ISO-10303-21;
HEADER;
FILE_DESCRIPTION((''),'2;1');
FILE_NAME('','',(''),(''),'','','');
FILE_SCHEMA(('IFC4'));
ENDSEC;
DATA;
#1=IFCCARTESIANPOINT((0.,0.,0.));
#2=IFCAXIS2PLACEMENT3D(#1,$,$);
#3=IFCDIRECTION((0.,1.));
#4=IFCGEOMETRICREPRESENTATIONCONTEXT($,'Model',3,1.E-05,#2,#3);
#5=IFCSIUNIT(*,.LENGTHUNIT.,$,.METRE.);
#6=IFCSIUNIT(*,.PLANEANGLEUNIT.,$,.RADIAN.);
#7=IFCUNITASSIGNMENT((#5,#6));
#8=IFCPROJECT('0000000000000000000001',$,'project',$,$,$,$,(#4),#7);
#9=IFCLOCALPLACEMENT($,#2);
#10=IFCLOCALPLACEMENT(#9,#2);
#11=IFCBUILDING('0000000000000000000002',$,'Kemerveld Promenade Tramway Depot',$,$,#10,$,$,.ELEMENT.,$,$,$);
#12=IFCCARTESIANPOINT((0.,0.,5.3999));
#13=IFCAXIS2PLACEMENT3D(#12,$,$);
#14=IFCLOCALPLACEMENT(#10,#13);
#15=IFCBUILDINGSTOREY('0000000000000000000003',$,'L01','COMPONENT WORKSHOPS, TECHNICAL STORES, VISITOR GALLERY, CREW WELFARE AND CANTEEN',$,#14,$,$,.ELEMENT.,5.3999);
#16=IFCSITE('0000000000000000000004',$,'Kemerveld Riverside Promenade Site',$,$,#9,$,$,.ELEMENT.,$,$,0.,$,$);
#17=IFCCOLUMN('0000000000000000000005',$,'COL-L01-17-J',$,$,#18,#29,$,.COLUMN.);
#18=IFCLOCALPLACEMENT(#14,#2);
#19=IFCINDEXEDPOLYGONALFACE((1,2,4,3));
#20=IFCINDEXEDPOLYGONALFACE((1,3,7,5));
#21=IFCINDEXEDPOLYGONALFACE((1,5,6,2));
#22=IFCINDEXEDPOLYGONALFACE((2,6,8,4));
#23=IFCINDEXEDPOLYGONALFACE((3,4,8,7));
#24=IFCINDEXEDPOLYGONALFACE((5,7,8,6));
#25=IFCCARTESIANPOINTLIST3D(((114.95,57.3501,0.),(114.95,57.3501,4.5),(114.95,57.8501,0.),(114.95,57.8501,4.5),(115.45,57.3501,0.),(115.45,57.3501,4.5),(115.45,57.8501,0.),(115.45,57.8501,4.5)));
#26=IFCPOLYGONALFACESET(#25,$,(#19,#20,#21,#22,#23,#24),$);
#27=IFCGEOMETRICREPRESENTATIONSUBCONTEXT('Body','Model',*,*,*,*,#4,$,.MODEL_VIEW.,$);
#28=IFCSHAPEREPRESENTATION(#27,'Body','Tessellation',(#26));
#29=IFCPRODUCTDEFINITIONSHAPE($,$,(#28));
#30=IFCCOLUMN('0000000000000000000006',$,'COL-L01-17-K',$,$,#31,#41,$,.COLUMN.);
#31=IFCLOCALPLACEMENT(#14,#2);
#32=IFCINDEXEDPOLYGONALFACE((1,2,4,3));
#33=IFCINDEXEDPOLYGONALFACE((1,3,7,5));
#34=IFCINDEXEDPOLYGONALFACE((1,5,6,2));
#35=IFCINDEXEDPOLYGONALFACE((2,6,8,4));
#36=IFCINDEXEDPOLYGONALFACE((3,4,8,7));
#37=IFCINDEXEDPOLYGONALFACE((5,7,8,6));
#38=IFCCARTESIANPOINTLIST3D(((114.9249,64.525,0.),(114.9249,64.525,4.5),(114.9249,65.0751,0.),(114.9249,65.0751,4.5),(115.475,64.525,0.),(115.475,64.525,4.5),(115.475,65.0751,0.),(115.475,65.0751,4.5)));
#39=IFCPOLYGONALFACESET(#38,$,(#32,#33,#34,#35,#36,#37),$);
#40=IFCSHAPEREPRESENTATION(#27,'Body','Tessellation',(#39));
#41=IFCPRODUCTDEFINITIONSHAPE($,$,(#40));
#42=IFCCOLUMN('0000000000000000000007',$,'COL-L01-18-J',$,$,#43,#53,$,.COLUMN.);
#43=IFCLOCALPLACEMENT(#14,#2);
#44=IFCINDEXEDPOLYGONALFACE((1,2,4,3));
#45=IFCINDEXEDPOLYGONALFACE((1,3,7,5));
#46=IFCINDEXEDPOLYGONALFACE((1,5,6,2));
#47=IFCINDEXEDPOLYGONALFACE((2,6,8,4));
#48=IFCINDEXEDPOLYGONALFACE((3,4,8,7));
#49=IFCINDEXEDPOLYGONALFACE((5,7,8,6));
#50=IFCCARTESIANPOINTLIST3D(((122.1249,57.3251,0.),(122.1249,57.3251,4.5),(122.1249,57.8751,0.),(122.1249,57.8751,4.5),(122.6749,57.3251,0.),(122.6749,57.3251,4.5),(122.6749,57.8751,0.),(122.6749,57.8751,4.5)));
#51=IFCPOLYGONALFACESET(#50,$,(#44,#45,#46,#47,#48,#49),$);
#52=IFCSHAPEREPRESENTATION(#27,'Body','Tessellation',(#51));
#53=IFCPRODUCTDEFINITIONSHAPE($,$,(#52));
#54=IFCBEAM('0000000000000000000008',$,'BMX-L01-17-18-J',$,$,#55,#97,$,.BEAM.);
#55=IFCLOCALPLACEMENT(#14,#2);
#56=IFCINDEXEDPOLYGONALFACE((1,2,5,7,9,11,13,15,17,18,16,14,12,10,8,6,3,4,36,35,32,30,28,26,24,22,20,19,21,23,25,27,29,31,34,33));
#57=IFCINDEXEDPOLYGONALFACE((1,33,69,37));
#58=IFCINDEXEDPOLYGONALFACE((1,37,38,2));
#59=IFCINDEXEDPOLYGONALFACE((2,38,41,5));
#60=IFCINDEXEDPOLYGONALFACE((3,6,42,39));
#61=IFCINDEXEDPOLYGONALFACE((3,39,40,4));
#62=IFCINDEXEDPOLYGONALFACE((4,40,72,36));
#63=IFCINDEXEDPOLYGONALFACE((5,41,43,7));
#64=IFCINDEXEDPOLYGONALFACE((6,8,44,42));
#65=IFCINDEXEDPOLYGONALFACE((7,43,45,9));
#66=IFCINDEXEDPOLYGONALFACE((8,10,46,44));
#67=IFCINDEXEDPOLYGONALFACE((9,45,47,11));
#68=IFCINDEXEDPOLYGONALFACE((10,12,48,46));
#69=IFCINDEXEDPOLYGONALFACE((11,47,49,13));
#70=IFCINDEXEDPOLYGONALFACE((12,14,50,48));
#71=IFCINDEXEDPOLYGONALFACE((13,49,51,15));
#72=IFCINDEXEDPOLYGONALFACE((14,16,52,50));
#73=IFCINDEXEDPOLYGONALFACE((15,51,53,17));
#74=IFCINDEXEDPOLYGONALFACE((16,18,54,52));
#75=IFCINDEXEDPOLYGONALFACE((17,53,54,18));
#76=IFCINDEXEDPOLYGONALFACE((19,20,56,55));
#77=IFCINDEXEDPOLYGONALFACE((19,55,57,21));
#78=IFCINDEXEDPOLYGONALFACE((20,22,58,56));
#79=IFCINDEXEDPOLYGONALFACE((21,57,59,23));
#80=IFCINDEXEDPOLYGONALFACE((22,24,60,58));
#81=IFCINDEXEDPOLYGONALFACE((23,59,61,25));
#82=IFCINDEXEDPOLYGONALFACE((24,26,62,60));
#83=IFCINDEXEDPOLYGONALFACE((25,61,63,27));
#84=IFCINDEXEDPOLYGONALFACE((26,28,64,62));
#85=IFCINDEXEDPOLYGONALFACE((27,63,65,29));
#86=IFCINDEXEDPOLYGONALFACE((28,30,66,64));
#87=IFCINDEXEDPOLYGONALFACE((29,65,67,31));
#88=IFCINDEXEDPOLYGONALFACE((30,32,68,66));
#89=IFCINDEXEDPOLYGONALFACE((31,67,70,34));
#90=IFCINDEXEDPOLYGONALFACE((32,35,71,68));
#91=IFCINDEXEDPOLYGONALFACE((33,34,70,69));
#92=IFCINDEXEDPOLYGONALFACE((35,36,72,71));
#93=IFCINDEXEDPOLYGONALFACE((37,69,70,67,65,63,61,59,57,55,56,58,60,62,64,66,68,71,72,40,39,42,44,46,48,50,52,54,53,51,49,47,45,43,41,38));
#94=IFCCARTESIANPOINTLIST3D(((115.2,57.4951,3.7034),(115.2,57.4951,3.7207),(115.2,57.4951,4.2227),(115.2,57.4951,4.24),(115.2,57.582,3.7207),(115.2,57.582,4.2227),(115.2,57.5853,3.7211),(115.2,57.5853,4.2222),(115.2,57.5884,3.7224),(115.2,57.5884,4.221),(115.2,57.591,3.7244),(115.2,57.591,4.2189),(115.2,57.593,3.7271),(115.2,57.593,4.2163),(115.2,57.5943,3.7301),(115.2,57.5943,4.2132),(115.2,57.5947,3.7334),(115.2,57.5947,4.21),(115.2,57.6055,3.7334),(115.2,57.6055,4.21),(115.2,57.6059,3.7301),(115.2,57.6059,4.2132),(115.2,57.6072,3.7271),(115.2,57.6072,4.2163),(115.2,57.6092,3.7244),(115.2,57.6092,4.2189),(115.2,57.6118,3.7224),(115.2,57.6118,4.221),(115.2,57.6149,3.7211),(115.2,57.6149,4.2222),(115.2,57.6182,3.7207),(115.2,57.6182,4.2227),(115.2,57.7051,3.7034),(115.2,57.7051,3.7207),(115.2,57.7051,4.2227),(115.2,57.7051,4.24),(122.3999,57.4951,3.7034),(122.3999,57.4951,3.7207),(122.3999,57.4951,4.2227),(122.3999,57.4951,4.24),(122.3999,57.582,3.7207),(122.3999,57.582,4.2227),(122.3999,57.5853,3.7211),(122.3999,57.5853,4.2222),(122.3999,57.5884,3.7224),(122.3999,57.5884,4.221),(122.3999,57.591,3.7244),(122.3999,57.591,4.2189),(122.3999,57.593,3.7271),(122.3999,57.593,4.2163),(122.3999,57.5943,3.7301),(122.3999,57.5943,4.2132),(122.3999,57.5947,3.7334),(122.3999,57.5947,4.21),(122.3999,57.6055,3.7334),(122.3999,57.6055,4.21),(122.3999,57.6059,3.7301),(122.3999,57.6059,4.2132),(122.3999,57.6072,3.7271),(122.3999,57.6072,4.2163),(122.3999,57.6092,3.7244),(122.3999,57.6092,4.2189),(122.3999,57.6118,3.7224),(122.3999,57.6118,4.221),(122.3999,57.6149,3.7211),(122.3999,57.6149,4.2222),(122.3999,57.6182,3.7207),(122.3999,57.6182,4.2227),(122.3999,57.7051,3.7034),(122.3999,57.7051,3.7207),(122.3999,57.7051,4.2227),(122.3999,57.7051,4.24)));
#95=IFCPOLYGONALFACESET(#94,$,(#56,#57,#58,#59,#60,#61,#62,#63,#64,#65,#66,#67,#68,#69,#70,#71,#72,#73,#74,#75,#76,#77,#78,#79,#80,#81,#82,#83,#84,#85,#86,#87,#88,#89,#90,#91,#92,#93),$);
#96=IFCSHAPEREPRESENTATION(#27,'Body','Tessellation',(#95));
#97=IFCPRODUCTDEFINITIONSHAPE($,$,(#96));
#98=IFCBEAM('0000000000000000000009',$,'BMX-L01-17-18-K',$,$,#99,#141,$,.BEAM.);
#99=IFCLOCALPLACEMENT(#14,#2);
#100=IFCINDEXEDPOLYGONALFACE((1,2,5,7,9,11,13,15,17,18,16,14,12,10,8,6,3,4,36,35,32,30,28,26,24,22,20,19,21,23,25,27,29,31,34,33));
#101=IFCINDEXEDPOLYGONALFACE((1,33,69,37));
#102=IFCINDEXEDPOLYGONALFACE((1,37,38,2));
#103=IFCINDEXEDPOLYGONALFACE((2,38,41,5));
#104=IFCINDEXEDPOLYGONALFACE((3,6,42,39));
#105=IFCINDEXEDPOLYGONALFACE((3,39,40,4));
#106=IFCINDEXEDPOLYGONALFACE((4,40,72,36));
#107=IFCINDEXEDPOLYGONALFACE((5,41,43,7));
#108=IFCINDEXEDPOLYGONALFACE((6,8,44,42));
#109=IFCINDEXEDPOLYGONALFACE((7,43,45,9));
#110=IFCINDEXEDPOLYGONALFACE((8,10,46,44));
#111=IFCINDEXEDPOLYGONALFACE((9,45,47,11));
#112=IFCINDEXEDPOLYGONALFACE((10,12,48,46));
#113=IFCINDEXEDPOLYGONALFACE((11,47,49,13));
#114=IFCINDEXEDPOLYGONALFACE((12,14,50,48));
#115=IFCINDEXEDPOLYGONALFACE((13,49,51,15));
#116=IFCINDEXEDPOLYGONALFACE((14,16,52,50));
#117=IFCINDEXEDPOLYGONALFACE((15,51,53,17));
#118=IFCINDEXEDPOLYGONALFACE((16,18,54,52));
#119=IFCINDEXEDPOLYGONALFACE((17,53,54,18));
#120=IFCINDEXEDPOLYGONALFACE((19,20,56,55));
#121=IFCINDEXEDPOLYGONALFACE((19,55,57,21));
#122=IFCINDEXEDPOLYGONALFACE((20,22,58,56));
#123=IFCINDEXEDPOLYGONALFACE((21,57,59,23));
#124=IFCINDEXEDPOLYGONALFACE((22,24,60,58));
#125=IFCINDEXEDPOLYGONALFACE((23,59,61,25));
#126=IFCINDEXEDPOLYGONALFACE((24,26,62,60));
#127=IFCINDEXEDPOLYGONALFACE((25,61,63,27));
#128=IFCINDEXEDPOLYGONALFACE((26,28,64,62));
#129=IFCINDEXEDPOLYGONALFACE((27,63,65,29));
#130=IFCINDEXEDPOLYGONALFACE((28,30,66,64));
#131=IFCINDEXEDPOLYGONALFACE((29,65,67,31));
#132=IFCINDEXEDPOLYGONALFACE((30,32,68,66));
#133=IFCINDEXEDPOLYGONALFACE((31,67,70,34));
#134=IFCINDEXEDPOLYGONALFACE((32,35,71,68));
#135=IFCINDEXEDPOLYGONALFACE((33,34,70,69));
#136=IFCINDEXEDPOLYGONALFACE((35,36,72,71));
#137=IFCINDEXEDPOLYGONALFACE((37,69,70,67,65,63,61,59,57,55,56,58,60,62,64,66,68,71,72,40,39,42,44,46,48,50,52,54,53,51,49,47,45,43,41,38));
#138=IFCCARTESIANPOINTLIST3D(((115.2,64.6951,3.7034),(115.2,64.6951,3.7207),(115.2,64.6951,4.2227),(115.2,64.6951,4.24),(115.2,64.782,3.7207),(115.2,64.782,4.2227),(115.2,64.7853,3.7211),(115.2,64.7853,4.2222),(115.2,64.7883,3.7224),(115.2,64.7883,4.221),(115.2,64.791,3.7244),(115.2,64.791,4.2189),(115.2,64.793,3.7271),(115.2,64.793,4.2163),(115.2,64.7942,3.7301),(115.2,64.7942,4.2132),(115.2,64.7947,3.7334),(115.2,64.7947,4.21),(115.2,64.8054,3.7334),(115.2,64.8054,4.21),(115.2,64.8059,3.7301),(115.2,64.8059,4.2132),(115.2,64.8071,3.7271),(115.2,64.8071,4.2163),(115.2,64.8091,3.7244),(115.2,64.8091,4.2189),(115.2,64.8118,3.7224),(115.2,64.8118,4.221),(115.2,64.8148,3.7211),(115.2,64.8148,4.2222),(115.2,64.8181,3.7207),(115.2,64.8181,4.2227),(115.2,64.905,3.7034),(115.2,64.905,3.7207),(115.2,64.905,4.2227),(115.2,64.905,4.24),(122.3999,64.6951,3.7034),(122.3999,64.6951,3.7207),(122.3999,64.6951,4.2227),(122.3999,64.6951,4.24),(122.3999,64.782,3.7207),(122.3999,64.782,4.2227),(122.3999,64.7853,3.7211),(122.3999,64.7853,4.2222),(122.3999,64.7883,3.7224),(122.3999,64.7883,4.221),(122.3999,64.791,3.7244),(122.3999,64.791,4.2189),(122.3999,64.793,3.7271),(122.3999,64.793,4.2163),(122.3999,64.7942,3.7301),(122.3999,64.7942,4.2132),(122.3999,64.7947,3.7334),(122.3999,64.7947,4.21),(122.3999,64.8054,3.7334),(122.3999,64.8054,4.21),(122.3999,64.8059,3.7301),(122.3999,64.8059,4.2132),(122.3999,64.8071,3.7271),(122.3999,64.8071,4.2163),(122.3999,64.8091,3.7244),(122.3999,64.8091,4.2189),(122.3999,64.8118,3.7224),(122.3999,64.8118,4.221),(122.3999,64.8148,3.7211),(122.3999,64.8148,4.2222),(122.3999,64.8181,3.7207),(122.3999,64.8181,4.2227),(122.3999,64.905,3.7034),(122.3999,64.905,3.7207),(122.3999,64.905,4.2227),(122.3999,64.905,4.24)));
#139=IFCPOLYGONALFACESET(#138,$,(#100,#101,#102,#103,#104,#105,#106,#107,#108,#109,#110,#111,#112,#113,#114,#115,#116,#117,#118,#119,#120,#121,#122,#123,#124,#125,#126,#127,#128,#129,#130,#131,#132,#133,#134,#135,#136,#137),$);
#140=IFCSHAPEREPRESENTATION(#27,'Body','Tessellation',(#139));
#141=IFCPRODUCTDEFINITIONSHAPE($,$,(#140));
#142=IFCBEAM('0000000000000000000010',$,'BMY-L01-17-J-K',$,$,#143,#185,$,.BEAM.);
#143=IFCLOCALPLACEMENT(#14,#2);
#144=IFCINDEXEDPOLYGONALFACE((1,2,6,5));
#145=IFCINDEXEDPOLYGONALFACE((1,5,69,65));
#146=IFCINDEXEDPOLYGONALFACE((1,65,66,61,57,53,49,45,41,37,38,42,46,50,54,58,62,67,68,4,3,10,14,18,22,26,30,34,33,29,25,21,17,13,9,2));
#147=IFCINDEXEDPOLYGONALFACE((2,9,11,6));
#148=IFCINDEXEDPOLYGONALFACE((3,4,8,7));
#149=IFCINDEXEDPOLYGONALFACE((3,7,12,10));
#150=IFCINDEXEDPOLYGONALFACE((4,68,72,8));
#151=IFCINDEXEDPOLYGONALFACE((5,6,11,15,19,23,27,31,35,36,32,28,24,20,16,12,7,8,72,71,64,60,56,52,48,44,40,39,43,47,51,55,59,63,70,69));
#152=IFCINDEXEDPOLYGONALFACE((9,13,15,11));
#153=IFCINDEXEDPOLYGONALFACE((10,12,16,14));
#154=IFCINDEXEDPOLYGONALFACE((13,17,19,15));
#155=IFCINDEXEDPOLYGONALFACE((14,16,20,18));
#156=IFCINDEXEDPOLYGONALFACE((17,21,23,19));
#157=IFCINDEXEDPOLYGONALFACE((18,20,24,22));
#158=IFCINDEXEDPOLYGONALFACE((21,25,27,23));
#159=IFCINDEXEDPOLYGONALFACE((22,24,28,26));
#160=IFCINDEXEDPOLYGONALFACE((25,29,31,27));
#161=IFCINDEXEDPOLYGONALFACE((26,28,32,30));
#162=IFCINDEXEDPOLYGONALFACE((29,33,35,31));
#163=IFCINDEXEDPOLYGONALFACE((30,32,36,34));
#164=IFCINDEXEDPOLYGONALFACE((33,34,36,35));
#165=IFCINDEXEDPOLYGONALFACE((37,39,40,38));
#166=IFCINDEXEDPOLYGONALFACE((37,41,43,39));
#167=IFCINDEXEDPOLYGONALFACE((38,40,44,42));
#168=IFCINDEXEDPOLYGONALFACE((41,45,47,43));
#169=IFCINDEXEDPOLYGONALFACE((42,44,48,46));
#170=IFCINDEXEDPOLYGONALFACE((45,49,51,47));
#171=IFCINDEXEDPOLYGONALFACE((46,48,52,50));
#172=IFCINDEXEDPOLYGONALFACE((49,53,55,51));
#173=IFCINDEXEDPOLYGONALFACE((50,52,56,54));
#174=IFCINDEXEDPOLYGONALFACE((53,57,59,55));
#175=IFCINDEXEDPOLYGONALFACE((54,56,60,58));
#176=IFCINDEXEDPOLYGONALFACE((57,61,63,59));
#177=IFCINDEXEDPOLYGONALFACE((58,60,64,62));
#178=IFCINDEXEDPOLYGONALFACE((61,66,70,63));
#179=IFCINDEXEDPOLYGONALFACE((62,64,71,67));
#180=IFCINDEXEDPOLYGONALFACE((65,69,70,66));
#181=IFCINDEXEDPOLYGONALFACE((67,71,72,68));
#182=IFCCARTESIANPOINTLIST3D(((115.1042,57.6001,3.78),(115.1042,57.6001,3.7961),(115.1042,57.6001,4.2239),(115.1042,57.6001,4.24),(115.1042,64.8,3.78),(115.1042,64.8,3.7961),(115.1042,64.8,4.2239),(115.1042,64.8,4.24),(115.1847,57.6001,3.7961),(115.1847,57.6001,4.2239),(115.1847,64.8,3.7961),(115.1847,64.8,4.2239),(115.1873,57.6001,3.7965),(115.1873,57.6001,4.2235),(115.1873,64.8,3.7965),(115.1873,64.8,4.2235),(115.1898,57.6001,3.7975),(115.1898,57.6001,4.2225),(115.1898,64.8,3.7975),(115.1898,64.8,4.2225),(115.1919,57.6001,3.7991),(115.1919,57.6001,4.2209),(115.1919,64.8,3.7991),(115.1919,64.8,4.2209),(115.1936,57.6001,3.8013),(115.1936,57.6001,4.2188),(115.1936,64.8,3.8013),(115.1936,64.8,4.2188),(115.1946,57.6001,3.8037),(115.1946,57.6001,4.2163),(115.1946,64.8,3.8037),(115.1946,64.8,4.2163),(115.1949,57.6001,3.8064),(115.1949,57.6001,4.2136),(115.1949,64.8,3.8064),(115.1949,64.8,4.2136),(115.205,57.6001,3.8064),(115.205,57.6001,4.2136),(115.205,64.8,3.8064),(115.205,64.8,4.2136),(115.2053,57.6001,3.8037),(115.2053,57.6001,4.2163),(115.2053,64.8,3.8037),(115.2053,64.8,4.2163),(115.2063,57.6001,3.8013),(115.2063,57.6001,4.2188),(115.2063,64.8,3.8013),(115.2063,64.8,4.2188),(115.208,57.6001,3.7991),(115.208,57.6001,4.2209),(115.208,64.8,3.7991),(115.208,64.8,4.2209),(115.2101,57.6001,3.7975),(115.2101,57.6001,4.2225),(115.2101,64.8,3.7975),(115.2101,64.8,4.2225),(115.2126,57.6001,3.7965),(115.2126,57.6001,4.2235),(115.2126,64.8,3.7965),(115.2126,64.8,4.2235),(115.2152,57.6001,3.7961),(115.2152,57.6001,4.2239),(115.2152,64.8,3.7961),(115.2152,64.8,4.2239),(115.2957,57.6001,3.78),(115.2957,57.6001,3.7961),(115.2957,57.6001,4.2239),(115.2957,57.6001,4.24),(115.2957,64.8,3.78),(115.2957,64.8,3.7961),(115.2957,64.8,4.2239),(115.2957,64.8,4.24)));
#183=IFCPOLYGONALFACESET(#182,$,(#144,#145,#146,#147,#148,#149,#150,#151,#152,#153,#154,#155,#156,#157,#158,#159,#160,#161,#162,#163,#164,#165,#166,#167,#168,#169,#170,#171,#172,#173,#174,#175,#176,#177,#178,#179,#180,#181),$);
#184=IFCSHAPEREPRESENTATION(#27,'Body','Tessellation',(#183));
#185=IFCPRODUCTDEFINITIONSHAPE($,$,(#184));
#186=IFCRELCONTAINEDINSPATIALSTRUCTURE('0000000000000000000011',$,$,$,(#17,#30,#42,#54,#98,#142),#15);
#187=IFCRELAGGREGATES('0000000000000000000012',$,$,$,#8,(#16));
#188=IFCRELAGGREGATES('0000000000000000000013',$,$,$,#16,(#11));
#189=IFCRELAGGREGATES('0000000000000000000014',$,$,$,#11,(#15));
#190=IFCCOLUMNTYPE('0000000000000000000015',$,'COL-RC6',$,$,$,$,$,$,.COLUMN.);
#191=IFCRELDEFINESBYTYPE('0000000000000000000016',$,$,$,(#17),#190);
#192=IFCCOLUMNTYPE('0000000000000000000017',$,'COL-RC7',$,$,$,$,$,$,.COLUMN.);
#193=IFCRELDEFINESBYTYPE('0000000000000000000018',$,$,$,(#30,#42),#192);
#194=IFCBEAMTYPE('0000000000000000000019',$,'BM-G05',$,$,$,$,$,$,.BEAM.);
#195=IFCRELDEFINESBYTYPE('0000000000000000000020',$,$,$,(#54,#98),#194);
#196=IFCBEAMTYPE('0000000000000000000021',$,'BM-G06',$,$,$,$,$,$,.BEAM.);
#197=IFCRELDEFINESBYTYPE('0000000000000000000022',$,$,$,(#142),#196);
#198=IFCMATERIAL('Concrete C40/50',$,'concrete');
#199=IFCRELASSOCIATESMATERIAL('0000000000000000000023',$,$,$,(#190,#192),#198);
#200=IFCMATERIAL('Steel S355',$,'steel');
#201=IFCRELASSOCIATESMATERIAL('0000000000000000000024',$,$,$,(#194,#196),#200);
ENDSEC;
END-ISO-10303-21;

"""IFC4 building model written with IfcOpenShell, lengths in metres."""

from ifc_helpers import new_model, si_unit, direction, frame, origin, origin_2d, place, context, subcontext, project, spatial, rectangle, i_section, extrude, material, material_profile, profile_set, type_object, element, save


model = new_model("IFC4")

# Units and contexts
model_context = context("Model", 3, precision=1e-05, world=origin(), true_north=direction((0.0, 1.0)))
body_context = subcontext(model_context, "Body", "Model", "MODEL_VIEW")
ifc_project = project(units=[si_unit("LENGTHUNIT", "METRE"), si_unit("PLANEANGLEUNIT", "RADIAN")], contexts=[model_context])

# Site, building, storey
site_placement = place(None, origin())
site = spatial("IfcSite", under=ifc_project, at=site_placement, Name="Kemerveld Riverside Promenade Site", CompositionType="ELEMENT", RefElevation=0.0)
building_placement = place(site_placement, origin())
building = spatial("IfcBuilding", under=site, at=building_placement, Name="Kemerveld Promenade Tramway Depot", CompositionType="ELEMENT")
storey_placement = place(building_placement, frame((0.0, 0.0, 5.3999)))
storey = spatial("IfcBuildingStorey", under=building, at=storey_placement, Name="L01", Description="COMPONENT WORKSHOPS, TECHNICAL STORES, VISITOR GALLERY, CREW WELFARE AND CANTEEN", CompositionType="ELEMENT", Elevation=5.3999)

# Columns
ifc_material_1 = material(Name="Concrete C40/50", Category="concrete")
ifc_material_profile_1 = material_profile(ifc_material_1, rectangle(XDim=0.5, YDim=0.5, at=origin_2d()), Name="RC-COL-500x500")
ifc_profile_set_1 = profile_set([ifc_material_profile_1], Name="Concrete C40/50")
column_type_1 = type_object("IfcColumnType", Name="COL-RC6", PredefinedType="COLUMN", material=ifc_profile_set_1)
column_placement = place(storey_placement, frame((115.2, 57.6001, 0.0), z_axis=(0.0, 0.0, 1.0), x_axis=(1.0, 0.0, 0.0)))
element("IfcColumn", 1, at=column_placement, inside=storey, type_object=column_type_1, Name="COL-L01-17-J", PredefinedType="COLUMN", context=body_context, shape_type="SweptSolid", body=[
    extrude(rectangle(XDim=0.5, YDim=0.5, at=origin_2d()), origin(), (0.0, 0.0, 1.0), 4.5),
])
ifc_material_profile_2 = material_profile(ifc_material_1, rectangle(XDim=0.55, YDim=0.55, at=origin_2d()), Name="RC-COL-550x550")
ifc_profile_set_2 = profile_set([ifc_material_profile_2], Name="Concrete C40/50")
column_type_2 = type_object("IfcColumnType", Name="COL-RC7", PredefinedType="COLUMN", material=ifc_profile_set_2)
for number, where, z_axis, x_axis, name in (
    (2, (115.2, 64.8, 0.0), (0.0, 0.0, 1.0), (1.0, 0.0, 0.0), "COL-L01-17-K"),
    (3, (122.3999, 57.6001, 0.0), (0.0, 0.0, 1.0), (1.0, 0.0, 0.0), "COL-L01-18-J"),
):
    element("IfcColumn", number, at=place(storey_placement, frame(where, z_axis=z_axis, x_axis=x_axis)), inside=storey, type_object=column_type_2, Name=name, PredefinedType="COLUMN", context=body_context, shape_type="SweptSolid", body=[
        extrude(rectangle(XDim=0.55, YDim=0.55, at=origin_2d()), origin(), (0.0, 0.0, 1.0), 4.5),
    ])

# Beams
ifc_material_2 = material(Name="Steel S355", Category="steel")
ifc_material_profile_3 = material_profile(ifc_material_2, i_section(OverallWidth=0.21, OverallDepth=0.5366, WebThickness=0.0107, FlangeThickness=0.0173, FilletRadius=0.0127, at=origin_2d()), Name="533x210x101 UB")
ifc_profile_set_3 = profile_set([ifc_material_profile_3], Name="Steel S355")
beam_type_1 = type_object("IfcBeamType", Name="BM-G05", PredefinedType="BEAM", material=ifc_profile_set_3)
for number, where, z_axis, x_axis, name in (
    (4, (115.2, 57.6001, 3.9717), (1.0, 0.0, 0.0), (0.0, 1.0, 0.0), "BMX-L01-17-18-J"),
    (5, (115.2, 64.8, 3.9717), (1.0, 0.0, 0.0), (0.0, 1.0, 0.0), "BMX-L01-17-18-K"),
):
    element("IfcBeam", number, at=place(storey_placement, frame(where, z_axis=z_axis, x_axis=x_axis)), inside=storey, type_object=beam_type_1, Name=name, PredefinedType="BEAM", context=body_context, shape_type="SweptSolid", body=[
        extrude(i_section(OverallWidth=0.21, OverallDepth=0.5366, WebThickness=0.0107, FlangeThickness=0.0173, FilletRadius=0.0127, at=origin_2d()), origin(), (0.0, 0.0, 1.0), 7.2),
    ])
ifc_material_profile_4 = material_profile(ifc_material_2, i_section(OverallWidth=0.1914, OverallDepth=0.46, WebThickness=0.01, FlangeThickness=0.0161, FilletRadius=0.0103, at=origin_2d()), Name="457x191x82 UB")
ifc_profile_set_4 = profile_set([ifc_material_profile_4], Name="Steel S355")
beam_type_2 = type_object("IfcBeamType", Name="BM-G06", PredefinedType="BEAM", material=ifc_profile_set_4)
beam_1_placement = place(storey_placement, frame((115.2, 57.6001, 4.01), z_axis=(0.0, 1.0, 0.0), x_axis=(-1.0, 0.0, 0.0)))
element("IfcBeam", 6, at=beam_1_placement, inside=storey, type_object=beam_type_2, Name="BMY-L01-17-J-K", PredefinedType="BEAM", context=body_context, shape_type="SweptSolid", body=[
    extrude(i_section(OverallWidth=0.1914, OverallDepth=0.46, WebThickness=0.01, FlangeThickness=0.0161, FilletRadius=0.0103, at=origin_2d()), origin(), (0.0, 0.0, 1.0), 7.2),
])

save(model, "model.ifc")
